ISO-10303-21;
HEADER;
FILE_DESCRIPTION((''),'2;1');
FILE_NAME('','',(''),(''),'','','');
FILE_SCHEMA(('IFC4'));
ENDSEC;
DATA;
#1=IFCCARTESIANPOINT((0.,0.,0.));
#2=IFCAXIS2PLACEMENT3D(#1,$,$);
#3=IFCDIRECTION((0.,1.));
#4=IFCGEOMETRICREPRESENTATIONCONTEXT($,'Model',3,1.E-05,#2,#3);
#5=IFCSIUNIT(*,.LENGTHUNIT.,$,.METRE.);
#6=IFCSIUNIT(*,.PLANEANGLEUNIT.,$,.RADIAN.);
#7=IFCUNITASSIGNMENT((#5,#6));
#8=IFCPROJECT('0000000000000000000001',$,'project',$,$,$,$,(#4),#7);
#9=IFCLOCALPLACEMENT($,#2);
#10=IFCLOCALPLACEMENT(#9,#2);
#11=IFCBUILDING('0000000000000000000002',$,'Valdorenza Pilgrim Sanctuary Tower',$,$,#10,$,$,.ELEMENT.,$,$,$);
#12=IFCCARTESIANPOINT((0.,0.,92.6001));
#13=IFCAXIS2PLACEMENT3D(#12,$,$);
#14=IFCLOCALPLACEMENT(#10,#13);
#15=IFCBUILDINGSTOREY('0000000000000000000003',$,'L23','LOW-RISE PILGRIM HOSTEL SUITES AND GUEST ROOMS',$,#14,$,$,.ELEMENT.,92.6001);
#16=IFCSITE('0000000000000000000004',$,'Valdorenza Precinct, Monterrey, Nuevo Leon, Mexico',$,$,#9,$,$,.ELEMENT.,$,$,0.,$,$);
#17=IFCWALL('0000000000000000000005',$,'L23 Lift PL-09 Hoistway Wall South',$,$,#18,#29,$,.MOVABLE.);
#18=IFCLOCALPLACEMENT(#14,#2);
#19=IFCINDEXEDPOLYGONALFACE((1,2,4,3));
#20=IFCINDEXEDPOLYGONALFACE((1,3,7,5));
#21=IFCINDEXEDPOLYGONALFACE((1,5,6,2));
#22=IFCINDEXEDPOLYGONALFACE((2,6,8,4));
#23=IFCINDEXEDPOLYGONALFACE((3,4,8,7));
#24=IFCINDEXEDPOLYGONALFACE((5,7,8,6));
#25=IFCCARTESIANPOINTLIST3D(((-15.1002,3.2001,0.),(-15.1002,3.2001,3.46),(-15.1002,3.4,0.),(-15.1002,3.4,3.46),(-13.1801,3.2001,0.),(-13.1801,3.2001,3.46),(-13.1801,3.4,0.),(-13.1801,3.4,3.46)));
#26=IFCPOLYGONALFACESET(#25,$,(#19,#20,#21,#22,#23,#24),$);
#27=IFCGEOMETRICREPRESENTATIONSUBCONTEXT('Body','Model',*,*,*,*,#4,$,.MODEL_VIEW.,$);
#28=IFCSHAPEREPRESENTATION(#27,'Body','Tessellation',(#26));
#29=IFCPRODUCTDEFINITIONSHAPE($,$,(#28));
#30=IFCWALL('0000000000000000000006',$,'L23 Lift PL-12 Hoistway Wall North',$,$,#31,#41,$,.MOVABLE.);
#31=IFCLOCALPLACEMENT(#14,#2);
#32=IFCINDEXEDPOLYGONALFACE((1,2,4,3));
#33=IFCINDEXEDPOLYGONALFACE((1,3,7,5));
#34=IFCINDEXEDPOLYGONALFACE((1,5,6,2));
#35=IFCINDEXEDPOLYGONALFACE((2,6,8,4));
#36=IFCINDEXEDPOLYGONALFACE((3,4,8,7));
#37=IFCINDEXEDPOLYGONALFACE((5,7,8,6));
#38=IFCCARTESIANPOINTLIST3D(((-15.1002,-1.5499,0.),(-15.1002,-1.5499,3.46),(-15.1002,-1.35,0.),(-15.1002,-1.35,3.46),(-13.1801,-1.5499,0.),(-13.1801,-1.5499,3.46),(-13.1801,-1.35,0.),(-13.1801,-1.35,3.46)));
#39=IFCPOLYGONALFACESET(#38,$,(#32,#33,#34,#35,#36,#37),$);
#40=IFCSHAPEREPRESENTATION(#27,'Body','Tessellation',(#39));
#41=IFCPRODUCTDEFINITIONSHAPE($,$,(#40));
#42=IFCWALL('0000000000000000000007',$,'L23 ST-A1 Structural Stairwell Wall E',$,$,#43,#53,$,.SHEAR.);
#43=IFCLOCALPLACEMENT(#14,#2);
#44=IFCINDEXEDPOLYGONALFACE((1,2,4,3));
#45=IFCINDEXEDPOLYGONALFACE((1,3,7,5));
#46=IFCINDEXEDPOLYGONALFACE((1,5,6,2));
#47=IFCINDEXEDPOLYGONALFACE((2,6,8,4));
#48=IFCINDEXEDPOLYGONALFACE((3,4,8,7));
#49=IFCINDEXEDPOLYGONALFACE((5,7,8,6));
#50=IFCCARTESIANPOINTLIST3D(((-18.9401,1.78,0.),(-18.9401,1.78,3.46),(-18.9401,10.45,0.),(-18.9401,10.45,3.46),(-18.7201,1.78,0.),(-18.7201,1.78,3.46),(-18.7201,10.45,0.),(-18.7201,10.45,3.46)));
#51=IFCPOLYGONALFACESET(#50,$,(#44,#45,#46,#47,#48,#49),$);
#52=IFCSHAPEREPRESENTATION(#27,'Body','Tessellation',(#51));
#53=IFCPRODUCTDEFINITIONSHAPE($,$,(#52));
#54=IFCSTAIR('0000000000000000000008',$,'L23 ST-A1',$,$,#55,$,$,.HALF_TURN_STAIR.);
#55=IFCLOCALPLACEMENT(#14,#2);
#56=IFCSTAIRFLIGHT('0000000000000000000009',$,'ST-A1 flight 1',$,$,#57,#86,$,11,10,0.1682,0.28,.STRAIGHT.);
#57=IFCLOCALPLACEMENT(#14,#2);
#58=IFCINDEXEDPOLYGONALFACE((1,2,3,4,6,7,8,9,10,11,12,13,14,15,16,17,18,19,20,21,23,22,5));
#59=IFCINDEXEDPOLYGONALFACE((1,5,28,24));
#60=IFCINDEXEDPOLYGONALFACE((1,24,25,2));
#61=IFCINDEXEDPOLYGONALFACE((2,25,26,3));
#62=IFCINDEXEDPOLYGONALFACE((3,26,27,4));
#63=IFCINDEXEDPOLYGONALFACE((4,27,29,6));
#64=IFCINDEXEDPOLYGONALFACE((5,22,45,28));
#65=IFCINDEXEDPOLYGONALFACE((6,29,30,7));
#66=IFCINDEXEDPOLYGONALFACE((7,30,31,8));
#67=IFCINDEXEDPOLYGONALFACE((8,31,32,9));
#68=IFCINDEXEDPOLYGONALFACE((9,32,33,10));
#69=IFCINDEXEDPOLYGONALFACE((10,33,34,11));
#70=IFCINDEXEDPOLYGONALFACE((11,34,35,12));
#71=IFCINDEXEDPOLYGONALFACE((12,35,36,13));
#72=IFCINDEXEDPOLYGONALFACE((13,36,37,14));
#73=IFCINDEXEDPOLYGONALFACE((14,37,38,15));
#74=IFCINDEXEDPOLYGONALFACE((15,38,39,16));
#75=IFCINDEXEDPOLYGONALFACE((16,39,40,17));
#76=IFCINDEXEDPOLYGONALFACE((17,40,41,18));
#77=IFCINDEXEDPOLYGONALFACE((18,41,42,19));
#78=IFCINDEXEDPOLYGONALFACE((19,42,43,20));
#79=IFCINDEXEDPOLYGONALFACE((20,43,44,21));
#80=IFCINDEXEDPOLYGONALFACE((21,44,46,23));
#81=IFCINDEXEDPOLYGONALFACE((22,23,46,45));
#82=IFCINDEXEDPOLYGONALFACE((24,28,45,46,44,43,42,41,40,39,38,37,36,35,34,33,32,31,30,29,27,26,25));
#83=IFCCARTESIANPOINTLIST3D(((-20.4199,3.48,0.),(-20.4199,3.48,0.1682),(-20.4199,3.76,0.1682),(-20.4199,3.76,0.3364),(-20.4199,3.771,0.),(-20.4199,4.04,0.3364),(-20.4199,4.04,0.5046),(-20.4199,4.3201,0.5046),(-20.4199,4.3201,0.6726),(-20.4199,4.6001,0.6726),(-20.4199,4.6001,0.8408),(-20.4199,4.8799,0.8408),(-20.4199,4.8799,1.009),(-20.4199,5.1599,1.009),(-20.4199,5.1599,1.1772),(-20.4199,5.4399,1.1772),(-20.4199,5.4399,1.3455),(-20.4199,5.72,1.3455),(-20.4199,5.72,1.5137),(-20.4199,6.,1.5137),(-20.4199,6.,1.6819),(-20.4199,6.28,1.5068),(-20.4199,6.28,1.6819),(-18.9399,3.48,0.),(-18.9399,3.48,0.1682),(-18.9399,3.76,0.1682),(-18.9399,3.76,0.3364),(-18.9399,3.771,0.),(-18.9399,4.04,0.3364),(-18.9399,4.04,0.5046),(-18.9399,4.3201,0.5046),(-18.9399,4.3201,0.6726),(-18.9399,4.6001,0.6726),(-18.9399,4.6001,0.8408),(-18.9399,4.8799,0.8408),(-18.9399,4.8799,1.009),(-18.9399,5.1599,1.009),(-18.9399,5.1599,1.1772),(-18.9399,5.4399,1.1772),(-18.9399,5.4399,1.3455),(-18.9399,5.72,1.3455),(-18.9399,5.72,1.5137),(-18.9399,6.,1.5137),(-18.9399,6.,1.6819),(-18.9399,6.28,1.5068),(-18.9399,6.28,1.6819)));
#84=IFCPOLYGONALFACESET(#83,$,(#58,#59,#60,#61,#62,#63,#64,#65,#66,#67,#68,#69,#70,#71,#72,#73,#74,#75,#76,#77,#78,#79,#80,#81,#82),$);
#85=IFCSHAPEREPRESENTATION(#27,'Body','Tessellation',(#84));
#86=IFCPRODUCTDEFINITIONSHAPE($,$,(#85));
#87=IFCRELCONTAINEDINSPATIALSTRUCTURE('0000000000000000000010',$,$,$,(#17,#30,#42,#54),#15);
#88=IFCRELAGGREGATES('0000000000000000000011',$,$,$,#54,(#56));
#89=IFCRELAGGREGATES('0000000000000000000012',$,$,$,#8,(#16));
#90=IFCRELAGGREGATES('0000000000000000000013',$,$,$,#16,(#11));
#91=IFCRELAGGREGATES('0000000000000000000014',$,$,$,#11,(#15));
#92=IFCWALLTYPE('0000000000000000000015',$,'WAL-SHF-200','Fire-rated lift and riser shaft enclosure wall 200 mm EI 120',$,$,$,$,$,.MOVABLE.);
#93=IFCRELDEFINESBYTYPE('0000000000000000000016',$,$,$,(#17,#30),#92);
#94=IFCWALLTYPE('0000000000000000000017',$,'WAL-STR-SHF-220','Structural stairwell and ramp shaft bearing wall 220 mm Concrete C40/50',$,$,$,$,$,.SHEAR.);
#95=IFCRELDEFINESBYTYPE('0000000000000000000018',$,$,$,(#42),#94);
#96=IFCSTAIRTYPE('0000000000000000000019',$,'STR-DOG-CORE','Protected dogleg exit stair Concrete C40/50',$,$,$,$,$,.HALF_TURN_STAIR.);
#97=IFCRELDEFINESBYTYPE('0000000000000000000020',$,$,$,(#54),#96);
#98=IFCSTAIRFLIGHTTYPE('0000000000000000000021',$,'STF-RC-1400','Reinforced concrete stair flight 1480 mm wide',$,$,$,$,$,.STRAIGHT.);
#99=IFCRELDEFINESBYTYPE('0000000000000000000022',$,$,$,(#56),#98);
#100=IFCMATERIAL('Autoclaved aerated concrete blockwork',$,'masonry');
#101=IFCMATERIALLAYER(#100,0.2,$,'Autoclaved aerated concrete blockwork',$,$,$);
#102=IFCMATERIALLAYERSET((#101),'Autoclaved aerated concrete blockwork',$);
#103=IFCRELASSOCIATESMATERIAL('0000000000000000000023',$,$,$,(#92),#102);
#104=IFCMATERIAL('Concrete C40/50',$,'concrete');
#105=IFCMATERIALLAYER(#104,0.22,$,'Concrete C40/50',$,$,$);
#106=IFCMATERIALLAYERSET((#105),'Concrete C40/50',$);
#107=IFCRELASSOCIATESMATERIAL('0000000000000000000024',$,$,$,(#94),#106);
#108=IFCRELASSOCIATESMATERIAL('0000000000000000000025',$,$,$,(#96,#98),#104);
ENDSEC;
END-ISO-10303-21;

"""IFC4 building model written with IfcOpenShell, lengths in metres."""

from ifc_helpers import new_model, si_unit, direction, frame, frame_2d, origin, place, context, subcontext, project, spatial, polyline, rectangle, outline, extrude, material, layer, layer_set, type_object, element, aggregate, save


model = new_model("IFC4")

# Units and contexts
model_context = context("Model", 3, precision=1e-05, world=origin(), true_north=direction((0.0, 1.0)))
body_context = subcontext(model_context, "Body", "Model", "MODEL_VIEW")
ifc_project = project(units=[si_unit("LENGTHUNIT", "METRE"), si_unit("PLANEANGLEUNIT", "RADIAN")], contexts=[model_context])

# Site, building, storey
site_placement = place(None, origin())
site = spatial("IfcSite", under=ifc_project, at=site_placement, Name="Valdorenza Precinct, Monterrey, Nuevo Leon, Mexico", CompositionType="ELEMENT", RefElevation=0.0)
building_placement = place(site_placement, origin())
building = spatial("IfcBuilding", under=site, at=building_placement, Name="Valdorenza Pilgrim Sanctuary Tower", CompositionType="ELEMENT")
storey_placement = place(building_placement, frame((0.0, 0.0, 92.6001)))
storey = spatial("IfcBuildingStorey", under=building, at=storey_placement, Name="L23", Description="LOW-RISE PILGRIM HOSTEL SUITES AND GUEST ROOMS", CompositionType="ELEMENT", Elevation=92.6001)

# Shared definitions
ifc_material_1 = material(Name="Autoclaved aerated concrete blockwork", Category="masonry")
ifc_layer_1 = layer(ifc_material_1, 0.2, Name="Autoclaved aerated concrete blockwork")
ifc_layer_set_1 = layer_set([ifc_layer_1], Name="Autoclaved aerated concrete blockwork")
wall_type_1 = type_object("IfcWallType", Name="WAL-SHF-200", Description="Fire-rated lift and riser shaft enclosure wall 200 mm EI 120", PredefinedType="MOVABLE", material=ifc_layer_set_1)

# Walls
for number, where, z_axis, x_axis, name in (
    (1, (-15.1001, 3.3, 0.0), (0.0, 0.0, 1.0), (1.0, 0.0, 0.0), "L23 Lift PL-09 Hoistway Wall South"),
    (2, (-15.1001, -1.45, 0.0), (0.0, 0.0, 1.0), (1.0, 0.0, 0.0), "L23 Lift PL-12 Hoistway Wall North"),
):
    element("IfcWall", number, at=place(storey_placement, frame(where, z_axis=z_axis, x_axis=x_axis)), inside=storey, type_object=wall_type_1, Name=name, PredefinedType="MOVABLE", context=body_context, shape_type="SweptSolid", body=[
        extrude(rectangle(XDim=1.9202, YDim=0.2, at=frame_2d((0.96, 0.0))), origin(), (0.0, 0.0, 1.0), 3.46),
    ])
ifc_material_2 = material(Name="Concrete C40/50", Category="concrete")
ifc_layer_2 = layer(ifc_material_2, 0.22, Name="Concrete C40/50")
ifc_layer_set_2 = layer_set([ifc_layer_2], Name="Concrete C40/50")
wall_type_2 = type_object("IfcWallType", Name="WAL-STR-SHF-220", Description="Structural stairwell and ramp shaft bearing wall 220 mm Concrete C40/50", PredefinedType="SHEAR", material=ifc_layer_set_2)
wall_1_placement = place(storey_placement, frame((-18.8301, 1.78, 0.0), z_axis=(0.0, 0.0, 1.0), x_axis=(0.0, 1.0, 0.0)))
element("IfcWall", 3, at=wall_1_placement, inside=storey, type_object=wall_type_2, Name="L23 ST-A1 Structural Stairwell Wall E", PredefinedType="SHEAR", context=body_context, shape_type="SweptSolid", body=[
    extrude(rectangle(XDim=8.6699, YDim=0.22, at=frame_2d((4.335, 0.0))), origin(), (0.0, 0.0, 1.0), 3.46),
])

# Stair, stair flight
stair_type = type_object("IfcStairType", Name="STR-DOG-CORE", Description="Protected dogleg exit stair Concrete C40/50", PredefinedType="HALF_TURN_STAIR", material=ifc_material_2)
stair_placement = place(storey_placement, origin())
stair = element("IfcStair", 4, at=stair_placement, inside=storey, type_object=stair_type, Name="L23 ST-A1", PredefinedType="HALF_TURN_STAIR")
stair_flight_type = type_object("IfcStairFlightType", Name="STF-RC-1400", Description="Reinforced concrete stair flight 1480 mm wide", PredefinedType="STRAIGHT", material=ifc_material_2)
stair_flight_placement = place(storey_placement, frame((-19.6799, 3.48, 0.0), z_axis=(0.0, 0.0, 1.0), x_axis=(0.0, 1.0, 0.0)))
stair_flight = element("IfcStairFlight", 5, at=stair_flight_placement, type_object=stair_flight_type, Name="ST-A1 flight 1", NumberOfRisers=11, NumberOfTreads=10, PredefinedType="STRAIGHT", RiserHeight=0.1682, TreadLength=0.28, context=body_context, shape_type="SweptSolid", body=[
    extrude(outline(polyline([(0.0, 0.0), (0.0, 0.1682), (0.28, 0.1682), (0.28, 0.3364), (0.5601, 0.3364), (0.5601, 0.5046), (0.8401, 0.5046), (0.8401, 0.6726), (1.1201, 0.6726), (1.1201, 0.8408), (1.3999, 0.8408), (1.3999, 1.009), (1.6799, 1.009), (1.6799, 1.1772), (1.96, 1.1772), (1.96, 1.3455), (2.24, 1.3455), (2.24, 1.5137), (2.52, 1.5137), (2.52, 1.6819), (2.8, 1.6819), (2.8, 1.8501), (2.8, 1.5068), (0.291, 0.0), (0.0, 0.0)])), frame((0.0, 0.74, 0.0), z_axis=(0.0, -1.0, 0.0), x_axis=(1.0, 0.0, 0.0)), (0.0, 0.0, 1.0), 1.48),
])
aggregate(stair, [stair_flight])

save(model, "model.ifc")
